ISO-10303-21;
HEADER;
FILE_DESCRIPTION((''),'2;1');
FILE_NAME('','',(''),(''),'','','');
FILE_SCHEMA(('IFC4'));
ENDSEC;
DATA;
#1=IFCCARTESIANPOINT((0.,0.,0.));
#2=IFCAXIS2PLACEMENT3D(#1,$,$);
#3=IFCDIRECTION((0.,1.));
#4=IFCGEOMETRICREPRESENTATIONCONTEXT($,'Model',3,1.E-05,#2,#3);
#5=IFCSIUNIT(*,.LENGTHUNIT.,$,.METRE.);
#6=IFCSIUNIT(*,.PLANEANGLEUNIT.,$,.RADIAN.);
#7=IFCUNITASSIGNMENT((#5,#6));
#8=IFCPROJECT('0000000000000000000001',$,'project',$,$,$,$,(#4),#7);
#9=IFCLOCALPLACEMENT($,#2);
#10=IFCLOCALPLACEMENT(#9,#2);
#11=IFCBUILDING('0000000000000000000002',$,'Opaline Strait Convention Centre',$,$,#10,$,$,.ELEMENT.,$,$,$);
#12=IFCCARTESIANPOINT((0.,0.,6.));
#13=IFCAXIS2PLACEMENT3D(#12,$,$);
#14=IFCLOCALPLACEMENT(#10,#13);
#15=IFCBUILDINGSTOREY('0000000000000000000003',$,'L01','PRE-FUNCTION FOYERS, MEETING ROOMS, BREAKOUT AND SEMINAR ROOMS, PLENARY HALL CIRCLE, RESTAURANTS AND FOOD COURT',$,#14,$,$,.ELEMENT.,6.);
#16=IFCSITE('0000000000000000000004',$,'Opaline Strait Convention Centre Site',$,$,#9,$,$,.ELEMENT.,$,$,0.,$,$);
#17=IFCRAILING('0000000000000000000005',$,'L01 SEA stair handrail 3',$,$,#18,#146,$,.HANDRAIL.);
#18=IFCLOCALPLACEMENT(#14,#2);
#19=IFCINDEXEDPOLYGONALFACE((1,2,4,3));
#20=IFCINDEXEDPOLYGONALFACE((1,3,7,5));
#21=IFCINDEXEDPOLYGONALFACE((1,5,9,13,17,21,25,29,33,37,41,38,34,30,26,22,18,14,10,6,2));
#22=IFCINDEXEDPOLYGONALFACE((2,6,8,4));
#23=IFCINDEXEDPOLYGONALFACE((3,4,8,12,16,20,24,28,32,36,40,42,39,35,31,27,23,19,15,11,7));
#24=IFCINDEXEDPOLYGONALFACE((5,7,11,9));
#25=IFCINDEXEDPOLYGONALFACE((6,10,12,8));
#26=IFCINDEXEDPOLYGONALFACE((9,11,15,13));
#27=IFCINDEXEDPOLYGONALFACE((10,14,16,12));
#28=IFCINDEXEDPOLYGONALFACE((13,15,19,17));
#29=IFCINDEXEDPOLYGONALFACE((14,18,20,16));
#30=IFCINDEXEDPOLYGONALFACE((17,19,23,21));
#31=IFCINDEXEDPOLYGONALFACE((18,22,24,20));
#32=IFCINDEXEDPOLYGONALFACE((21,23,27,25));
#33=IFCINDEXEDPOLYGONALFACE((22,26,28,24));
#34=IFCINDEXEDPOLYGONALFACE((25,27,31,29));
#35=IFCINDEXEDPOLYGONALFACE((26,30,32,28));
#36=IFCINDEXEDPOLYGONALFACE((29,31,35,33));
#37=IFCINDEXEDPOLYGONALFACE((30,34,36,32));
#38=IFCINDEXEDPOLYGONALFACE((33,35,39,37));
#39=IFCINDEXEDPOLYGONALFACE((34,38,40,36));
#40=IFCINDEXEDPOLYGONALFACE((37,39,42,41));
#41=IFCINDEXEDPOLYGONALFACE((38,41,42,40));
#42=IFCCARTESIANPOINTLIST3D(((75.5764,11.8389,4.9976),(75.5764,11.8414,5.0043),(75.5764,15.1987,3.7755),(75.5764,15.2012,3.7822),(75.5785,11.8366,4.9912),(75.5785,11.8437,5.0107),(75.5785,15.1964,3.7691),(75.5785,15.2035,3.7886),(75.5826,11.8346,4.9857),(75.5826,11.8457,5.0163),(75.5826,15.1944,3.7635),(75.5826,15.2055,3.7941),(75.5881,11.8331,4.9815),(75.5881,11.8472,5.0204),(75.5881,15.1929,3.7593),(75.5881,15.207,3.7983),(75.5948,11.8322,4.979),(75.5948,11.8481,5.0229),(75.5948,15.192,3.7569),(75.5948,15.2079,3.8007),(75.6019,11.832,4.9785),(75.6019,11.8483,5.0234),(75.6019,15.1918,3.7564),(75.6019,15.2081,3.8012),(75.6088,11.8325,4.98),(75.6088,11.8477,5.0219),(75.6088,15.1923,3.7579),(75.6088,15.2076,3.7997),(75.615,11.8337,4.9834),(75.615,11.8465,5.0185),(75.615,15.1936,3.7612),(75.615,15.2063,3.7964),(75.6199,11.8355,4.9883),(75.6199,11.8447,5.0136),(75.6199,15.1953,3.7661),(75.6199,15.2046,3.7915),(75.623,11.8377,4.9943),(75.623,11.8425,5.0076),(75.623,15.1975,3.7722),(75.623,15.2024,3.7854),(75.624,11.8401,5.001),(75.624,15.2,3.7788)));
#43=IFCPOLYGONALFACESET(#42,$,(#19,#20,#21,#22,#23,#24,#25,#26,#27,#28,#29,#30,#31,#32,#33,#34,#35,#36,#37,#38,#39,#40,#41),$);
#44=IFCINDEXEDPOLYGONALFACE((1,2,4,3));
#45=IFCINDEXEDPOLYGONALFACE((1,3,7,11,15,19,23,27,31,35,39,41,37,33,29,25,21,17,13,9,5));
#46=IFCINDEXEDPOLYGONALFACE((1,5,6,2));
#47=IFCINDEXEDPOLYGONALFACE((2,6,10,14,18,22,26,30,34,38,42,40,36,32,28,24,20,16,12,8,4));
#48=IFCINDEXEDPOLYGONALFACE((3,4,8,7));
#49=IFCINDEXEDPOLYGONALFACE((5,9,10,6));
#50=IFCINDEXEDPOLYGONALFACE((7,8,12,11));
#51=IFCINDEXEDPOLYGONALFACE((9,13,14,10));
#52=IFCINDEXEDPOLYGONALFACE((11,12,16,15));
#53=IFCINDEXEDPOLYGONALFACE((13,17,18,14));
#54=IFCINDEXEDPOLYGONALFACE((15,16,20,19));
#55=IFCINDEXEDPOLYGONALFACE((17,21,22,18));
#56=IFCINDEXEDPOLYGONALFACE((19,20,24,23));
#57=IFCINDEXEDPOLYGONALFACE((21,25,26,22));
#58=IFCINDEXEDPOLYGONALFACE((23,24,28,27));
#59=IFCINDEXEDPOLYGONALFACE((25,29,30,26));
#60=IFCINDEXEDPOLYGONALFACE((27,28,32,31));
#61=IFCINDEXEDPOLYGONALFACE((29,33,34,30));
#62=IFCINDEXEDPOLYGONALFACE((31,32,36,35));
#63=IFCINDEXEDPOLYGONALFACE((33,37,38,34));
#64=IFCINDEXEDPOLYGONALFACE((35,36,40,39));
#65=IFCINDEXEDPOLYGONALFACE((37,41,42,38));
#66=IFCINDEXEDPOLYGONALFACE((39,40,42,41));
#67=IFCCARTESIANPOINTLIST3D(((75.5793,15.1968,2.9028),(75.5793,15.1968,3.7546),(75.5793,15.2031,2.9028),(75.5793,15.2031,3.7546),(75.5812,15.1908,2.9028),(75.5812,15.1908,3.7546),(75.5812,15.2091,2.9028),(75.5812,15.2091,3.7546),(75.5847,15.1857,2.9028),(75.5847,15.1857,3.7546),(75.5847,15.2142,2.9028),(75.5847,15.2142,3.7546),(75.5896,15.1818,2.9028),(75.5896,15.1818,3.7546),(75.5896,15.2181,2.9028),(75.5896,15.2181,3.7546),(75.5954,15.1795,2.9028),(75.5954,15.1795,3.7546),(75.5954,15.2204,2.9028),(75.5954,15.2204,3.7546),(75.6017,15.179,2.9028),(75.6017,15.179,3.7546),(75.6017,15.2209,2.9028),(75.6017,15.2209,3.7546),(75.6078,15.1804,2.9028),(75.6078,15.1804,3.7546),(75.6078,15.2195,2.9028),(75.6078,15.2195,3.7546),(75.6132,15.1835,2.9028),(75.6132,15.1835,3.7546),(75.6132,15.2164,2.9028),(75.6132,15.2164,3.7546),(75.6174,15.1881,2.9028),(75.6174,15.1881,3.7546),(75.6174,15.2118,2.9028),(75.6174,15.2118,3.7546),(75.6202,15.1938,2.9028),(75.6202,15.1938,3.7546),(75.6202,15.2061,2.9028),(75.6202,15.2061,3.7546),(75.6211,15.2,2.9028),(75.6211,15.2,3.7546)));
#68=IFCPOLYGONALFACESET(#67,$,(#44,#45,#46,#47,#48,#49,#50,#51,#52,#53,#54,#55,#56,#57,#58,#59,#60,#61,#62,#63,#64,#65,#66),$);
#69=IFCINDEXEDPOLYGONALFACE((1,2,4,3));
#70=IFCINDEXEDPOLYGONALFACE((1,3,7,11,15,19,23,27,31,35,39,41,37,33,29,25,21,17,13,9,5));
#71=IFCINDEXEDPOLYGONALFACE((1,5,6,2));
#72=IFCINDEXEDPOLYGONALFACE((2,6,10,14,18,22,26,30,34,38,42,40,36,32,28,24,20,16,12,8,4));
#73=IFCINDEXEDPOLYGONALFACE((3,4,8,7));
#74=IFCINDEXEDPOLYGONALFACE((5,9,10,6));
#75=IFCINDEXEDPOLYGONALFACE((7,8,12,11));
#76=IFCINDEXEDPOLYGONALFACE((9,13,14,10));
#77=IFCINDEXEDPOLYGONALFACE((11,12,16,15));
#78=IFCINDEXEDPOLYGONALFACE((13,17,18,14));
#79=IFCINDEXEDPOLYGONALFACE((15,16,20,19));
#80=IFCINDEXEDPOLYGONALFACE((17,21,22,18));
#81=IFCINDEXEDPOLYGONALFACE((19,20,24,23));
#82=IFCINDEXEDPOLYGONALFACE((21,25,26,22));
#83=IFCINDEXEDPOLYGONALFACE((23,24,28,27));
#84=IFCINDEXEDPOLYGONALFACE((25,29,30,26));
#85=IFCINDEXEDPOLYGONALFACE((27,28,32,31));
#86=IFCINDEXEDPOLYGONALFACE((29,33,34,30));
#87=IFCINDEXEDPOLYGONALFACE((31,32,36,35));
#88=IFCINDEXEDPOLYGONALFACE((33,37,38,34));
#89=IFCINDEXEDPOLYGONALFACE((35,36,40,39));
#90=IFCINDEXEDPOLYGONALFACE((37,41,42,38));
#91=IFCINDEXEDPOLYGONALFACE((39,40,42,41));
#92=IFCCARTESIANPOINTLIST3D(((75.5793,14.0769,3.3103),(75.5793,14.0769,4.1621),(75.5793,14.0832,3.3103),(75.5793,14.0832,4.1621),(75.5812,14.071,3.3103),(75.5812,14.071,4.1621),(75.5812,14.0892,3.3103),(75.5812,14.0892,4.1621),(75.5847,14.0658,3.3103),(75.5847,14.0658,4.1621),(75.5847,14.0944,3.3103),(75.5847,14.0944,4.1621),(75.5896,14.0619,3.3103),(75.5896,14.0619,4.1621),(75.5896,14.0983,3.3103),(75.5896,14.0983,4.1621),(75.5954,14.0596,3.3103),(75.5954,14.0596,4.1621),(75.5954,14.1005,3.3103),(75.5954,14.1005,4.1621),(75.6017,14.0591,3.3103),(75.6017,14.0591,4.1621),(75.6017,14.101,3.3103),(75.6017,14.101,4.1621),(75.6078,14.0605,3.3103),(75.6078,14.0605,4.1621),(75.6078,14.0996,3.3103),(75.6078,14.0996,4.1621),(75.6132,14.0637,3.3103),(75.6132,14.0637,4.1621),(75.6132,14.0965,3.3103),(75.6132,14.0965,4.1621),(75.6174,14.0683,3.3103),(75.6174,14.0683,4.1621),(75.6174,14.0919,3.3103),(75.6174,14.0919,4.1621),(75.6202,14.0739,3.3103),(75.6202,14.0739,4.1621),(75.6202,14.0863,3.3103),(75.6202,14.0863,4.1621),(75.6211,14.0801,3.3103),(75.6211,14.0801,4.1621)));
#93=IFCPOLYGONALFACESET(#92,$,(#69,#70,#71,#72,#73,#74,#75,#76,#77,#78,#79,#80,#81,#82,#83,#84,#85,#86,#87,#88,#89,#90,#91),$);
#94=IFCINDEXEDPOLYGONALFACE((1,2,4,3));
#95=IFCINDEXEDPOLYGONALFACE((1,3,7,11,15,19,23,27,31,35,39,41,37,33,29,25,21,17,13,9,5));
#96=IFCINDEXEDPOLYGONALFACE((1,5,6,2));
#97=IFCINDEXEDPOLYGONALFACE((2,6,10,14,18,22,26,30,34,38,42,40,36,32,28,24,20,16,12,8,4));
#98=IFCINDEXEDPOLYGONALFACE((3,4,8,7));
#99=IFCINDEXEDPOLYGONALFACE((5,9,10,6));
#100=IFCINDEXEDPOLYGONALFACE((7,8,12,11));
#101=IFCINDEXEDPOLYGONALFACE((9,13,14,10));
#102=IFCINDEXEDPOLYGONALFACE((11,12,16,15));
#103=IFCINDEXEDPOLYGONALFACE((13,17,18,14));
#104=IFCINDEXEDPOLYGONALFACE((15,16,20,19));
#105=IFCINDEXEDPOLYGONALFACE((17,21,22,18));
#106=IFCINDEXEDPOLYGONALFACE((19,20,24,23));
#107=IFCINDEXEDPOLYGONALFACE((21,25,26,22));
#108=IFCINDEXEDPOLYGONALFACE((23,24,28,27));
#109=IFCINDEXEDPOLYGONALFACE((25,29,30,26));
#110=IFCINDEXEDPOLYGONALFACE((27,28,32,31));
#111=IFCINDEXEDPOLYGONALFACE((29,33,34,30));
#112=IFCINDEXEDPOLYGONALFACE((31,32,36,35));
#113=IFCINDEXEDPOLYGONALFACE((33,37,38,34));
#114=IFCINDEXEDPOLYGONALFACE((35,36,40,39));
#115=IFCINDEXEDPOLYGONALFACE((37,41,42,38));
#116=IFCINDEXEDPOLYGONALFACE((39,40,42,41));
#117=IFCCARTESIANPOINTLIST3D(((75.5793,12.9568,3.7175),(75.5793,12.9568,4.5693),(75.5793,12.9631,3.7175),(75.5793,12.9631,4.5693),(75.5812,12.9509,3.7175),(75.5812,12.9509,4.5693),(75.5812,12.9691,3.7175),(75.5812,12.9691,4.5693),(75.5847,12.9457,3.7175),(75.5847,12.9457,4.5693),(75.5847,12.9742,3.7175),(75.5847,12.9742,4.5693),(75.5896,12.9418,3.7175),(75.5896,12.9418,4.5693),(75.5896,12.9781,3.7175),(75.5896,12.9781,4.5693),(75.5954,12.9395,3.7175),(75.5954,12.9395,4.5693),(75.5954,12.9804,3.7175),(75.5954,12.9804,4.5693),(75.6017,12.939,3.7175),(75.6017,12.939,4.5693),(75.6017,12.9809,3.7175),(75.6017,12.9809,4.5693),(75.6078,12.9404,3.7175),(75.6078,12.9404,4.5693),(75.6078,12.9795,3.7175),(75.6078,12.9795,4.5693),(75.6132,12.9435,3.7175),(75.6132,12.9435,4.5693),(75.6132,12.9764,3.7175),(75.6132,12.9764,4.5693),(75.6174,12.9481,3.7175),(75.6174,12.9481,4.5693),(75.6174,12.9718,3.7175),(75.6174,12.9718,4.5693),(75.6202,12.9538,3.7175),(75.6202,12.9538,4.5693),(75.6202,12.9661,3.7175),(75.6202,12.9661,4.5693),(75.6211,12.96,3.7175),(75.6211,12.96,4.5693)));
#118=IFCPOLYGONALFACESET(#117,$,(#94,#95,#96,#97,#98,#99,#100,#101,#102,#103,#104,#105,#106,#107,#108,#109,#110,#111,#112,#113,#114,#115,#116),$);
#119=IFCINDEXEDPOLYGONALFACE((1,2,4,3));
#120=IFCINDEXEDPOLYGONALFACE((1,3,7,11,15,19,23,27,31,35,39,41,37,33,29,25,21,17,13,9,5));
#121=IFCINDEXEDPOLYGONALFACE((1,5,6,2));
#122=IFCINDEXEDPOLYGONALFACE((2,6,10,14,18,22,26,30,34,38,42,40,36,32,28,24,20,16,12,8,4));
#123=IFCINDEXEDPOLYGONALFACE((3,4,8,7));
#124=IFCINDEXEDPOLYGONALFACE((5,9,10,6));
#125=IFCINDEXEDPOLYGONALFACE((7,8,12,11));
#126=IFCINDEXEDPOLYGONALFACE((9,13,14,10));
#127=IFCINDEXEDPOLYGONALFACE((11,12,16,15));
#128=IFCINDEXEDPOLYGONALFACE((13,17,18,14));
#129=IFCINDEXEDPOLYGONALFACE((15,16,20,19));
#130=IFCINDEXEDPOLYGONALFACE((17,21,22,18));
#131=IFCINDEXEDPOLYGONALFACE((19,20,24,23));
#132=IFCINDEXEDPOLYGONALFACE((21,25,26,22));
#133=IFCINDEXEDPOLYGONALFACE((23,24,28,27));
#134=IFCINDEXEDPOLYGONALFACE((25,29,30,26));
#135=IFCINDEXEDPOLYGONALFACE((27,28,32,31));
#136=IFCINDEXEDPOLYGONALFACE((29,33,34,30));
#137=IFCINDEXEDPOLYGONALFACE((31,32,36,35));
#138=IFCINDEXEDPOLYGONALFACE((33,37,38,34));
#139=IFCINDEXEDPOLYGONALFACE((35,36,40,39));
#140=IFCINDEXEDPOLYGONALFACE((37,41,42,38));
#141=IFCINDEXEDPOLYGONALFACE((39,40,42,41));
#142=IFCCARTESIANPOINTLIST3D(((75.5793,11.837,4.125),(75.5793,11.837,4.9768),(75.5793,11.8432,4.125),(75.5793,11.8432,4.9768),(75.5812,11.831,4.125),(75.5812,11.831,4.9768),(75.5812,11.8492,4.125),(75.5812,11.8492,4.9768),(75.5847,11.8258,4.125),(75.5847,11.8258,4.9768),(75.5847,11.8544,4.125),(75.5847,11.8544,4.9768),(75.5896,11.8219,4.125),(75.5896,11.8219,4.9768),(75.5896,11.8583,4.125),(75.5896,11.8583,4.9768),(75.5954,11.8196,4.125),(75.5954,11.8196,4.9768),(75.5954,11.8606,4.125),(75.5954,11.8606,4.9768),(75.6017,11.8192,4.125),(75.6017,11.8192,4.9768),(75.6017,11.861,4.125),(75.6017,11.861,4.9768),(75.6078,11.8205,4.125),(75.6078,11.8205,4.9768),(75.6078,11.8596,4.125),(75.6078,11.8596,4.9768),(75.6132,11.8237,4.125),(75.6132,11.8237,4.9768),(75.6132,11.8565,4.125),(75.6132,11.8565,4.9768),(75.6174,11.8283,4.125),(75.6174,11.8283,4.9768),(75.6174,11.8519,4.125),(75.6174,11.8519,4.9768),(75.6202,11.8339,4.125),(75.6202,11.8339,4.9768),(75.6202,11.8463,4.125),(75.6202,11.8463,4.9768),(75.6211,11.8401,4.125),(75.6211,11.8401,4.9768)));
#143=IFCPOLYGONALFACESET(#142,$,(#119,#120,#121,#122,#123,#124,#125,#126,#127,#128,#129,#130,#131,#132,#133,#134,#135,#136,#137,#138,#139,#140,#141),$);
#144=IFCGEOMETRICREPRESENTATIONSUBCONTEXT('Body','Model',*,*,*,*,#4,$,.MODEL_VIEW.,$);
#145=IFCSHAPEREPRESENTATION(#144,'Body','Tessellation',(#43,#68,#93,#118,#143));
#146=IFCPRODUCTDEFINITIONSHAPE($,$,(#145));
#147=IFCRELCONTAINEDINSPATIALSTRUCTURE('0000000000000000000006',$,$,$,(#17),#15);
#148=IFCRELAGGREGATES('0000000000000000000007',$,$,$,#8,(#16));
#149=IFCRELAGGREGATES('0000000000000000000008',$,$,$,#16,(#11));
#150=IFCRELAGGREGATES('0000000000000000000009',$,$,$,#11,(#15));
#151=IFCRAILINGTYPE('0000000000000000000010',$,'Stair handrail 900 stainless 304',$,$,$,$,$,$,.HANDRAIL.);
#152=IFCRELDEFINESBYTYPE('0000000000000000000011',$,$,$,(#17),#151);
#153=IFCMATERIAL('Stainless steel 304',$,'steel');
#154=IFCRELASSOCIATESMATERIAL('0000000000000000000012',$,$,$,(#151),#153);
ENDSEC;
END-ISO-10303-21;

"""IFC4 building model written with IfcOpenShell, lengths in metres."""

from ifc_helpers import new_model, si_unit, direction, frame, origin, origin_2d, place, context, subcontext, project, spatial, circle, extrude, material, type_object, element, save


model = new_model("IFC4")

# Units and contexts
model_context = context("Model", 3, precision=1e-05, world=origin(), true_north=direction((0.0, 1.0)))
body_context = subcontext(model_context, "Body", "Model", "MODEL_VIEW")
ifc_project = project(units=[si_unit("LENGTHUNIT", "METRE"), si_unit("PLANEANGLEUNIT", "RADIAN")], contexts=[model_context])

# Site, building, storey
site_placement = place(None, origin())
site = spatial("IfcSite", under=ifc_project, at=site_placement, Name="Opaline Strait Convention Centre Site", CompositionType="ELEMENT", RefElevation=0.0)
building_placement = place(site_placement, origin())
building = spatial("IfcBuilding", under=site, at=building_placement, Name="Opaline Strait Convention Centre", CompositionType="ELEMENT")
storey_placement = place(building_placement, frame((0.0, 0.0, 6.0)))
storey = spatial("IfcBuildingStorey", under=building, at=storey_placement, Name="L01", Description="PRE-FUNCTION FOYERS, MEETING ROOMS, BREAKOUT AND SEMINAR ROOMS, PLENARY HALL CIRCLE, RESTAURANTS AND FOOD COURT", CompositionType="ELEMENT", Elevation=6.0)

# Railing
ifc_material_1 = material(Name="Stainless steel 304", Category="steel")
railing_type_1 = type_object("IfcRailingType", Name="Stair handrail 900 stainless 304", PredefinedType="HANDRAIL", material=ifc_material_1)
railing_1_placement = place(storey_placement, frame((75.6001, 15.2, 2.9028)))
element("IfcRailing", 1, at=railing_1_placement, inside=storey, type_object=railing_type_1, Name="L01 SEA stair handrail 3", PredefinedType="HANDRAIL", context=body_context, shape_type="SweptSolid", body=[
    extrude(circle(Radius=0.0239, at=origin_2d()), frame((0.0, 0.0, 0.876), z_axis=(0.0, -0.939758, 0.341842), x_axis=(1.0, 0.0, 0.0)), (0.0, 0.0, 1.0), 3.5752),
    extrude(circle(Radius=0.021, at=origin_2d()), origin(), (0.0, 0.0, 1.0), 0.8518),
    extrude(circle(Radius=0.021, at=origin_2d()), frame((0.0, -1.1199, 0.4075)), (0.0, 0.0, 1.0), 0.8518),
    extrude(circle(Radius=0.021, at=origin_2d()), frame((0.0, -2.24, 0.8147)), (0.0, 0.0, 1.0), 0.8518),
    extrude(circle(Radius=0.021, at=origin_2d()), frame((0.0, -3.3599, 1.2222)), (0.0, 0.0, 1.0), 0.8518),
])

save(model, "model.ifc")
